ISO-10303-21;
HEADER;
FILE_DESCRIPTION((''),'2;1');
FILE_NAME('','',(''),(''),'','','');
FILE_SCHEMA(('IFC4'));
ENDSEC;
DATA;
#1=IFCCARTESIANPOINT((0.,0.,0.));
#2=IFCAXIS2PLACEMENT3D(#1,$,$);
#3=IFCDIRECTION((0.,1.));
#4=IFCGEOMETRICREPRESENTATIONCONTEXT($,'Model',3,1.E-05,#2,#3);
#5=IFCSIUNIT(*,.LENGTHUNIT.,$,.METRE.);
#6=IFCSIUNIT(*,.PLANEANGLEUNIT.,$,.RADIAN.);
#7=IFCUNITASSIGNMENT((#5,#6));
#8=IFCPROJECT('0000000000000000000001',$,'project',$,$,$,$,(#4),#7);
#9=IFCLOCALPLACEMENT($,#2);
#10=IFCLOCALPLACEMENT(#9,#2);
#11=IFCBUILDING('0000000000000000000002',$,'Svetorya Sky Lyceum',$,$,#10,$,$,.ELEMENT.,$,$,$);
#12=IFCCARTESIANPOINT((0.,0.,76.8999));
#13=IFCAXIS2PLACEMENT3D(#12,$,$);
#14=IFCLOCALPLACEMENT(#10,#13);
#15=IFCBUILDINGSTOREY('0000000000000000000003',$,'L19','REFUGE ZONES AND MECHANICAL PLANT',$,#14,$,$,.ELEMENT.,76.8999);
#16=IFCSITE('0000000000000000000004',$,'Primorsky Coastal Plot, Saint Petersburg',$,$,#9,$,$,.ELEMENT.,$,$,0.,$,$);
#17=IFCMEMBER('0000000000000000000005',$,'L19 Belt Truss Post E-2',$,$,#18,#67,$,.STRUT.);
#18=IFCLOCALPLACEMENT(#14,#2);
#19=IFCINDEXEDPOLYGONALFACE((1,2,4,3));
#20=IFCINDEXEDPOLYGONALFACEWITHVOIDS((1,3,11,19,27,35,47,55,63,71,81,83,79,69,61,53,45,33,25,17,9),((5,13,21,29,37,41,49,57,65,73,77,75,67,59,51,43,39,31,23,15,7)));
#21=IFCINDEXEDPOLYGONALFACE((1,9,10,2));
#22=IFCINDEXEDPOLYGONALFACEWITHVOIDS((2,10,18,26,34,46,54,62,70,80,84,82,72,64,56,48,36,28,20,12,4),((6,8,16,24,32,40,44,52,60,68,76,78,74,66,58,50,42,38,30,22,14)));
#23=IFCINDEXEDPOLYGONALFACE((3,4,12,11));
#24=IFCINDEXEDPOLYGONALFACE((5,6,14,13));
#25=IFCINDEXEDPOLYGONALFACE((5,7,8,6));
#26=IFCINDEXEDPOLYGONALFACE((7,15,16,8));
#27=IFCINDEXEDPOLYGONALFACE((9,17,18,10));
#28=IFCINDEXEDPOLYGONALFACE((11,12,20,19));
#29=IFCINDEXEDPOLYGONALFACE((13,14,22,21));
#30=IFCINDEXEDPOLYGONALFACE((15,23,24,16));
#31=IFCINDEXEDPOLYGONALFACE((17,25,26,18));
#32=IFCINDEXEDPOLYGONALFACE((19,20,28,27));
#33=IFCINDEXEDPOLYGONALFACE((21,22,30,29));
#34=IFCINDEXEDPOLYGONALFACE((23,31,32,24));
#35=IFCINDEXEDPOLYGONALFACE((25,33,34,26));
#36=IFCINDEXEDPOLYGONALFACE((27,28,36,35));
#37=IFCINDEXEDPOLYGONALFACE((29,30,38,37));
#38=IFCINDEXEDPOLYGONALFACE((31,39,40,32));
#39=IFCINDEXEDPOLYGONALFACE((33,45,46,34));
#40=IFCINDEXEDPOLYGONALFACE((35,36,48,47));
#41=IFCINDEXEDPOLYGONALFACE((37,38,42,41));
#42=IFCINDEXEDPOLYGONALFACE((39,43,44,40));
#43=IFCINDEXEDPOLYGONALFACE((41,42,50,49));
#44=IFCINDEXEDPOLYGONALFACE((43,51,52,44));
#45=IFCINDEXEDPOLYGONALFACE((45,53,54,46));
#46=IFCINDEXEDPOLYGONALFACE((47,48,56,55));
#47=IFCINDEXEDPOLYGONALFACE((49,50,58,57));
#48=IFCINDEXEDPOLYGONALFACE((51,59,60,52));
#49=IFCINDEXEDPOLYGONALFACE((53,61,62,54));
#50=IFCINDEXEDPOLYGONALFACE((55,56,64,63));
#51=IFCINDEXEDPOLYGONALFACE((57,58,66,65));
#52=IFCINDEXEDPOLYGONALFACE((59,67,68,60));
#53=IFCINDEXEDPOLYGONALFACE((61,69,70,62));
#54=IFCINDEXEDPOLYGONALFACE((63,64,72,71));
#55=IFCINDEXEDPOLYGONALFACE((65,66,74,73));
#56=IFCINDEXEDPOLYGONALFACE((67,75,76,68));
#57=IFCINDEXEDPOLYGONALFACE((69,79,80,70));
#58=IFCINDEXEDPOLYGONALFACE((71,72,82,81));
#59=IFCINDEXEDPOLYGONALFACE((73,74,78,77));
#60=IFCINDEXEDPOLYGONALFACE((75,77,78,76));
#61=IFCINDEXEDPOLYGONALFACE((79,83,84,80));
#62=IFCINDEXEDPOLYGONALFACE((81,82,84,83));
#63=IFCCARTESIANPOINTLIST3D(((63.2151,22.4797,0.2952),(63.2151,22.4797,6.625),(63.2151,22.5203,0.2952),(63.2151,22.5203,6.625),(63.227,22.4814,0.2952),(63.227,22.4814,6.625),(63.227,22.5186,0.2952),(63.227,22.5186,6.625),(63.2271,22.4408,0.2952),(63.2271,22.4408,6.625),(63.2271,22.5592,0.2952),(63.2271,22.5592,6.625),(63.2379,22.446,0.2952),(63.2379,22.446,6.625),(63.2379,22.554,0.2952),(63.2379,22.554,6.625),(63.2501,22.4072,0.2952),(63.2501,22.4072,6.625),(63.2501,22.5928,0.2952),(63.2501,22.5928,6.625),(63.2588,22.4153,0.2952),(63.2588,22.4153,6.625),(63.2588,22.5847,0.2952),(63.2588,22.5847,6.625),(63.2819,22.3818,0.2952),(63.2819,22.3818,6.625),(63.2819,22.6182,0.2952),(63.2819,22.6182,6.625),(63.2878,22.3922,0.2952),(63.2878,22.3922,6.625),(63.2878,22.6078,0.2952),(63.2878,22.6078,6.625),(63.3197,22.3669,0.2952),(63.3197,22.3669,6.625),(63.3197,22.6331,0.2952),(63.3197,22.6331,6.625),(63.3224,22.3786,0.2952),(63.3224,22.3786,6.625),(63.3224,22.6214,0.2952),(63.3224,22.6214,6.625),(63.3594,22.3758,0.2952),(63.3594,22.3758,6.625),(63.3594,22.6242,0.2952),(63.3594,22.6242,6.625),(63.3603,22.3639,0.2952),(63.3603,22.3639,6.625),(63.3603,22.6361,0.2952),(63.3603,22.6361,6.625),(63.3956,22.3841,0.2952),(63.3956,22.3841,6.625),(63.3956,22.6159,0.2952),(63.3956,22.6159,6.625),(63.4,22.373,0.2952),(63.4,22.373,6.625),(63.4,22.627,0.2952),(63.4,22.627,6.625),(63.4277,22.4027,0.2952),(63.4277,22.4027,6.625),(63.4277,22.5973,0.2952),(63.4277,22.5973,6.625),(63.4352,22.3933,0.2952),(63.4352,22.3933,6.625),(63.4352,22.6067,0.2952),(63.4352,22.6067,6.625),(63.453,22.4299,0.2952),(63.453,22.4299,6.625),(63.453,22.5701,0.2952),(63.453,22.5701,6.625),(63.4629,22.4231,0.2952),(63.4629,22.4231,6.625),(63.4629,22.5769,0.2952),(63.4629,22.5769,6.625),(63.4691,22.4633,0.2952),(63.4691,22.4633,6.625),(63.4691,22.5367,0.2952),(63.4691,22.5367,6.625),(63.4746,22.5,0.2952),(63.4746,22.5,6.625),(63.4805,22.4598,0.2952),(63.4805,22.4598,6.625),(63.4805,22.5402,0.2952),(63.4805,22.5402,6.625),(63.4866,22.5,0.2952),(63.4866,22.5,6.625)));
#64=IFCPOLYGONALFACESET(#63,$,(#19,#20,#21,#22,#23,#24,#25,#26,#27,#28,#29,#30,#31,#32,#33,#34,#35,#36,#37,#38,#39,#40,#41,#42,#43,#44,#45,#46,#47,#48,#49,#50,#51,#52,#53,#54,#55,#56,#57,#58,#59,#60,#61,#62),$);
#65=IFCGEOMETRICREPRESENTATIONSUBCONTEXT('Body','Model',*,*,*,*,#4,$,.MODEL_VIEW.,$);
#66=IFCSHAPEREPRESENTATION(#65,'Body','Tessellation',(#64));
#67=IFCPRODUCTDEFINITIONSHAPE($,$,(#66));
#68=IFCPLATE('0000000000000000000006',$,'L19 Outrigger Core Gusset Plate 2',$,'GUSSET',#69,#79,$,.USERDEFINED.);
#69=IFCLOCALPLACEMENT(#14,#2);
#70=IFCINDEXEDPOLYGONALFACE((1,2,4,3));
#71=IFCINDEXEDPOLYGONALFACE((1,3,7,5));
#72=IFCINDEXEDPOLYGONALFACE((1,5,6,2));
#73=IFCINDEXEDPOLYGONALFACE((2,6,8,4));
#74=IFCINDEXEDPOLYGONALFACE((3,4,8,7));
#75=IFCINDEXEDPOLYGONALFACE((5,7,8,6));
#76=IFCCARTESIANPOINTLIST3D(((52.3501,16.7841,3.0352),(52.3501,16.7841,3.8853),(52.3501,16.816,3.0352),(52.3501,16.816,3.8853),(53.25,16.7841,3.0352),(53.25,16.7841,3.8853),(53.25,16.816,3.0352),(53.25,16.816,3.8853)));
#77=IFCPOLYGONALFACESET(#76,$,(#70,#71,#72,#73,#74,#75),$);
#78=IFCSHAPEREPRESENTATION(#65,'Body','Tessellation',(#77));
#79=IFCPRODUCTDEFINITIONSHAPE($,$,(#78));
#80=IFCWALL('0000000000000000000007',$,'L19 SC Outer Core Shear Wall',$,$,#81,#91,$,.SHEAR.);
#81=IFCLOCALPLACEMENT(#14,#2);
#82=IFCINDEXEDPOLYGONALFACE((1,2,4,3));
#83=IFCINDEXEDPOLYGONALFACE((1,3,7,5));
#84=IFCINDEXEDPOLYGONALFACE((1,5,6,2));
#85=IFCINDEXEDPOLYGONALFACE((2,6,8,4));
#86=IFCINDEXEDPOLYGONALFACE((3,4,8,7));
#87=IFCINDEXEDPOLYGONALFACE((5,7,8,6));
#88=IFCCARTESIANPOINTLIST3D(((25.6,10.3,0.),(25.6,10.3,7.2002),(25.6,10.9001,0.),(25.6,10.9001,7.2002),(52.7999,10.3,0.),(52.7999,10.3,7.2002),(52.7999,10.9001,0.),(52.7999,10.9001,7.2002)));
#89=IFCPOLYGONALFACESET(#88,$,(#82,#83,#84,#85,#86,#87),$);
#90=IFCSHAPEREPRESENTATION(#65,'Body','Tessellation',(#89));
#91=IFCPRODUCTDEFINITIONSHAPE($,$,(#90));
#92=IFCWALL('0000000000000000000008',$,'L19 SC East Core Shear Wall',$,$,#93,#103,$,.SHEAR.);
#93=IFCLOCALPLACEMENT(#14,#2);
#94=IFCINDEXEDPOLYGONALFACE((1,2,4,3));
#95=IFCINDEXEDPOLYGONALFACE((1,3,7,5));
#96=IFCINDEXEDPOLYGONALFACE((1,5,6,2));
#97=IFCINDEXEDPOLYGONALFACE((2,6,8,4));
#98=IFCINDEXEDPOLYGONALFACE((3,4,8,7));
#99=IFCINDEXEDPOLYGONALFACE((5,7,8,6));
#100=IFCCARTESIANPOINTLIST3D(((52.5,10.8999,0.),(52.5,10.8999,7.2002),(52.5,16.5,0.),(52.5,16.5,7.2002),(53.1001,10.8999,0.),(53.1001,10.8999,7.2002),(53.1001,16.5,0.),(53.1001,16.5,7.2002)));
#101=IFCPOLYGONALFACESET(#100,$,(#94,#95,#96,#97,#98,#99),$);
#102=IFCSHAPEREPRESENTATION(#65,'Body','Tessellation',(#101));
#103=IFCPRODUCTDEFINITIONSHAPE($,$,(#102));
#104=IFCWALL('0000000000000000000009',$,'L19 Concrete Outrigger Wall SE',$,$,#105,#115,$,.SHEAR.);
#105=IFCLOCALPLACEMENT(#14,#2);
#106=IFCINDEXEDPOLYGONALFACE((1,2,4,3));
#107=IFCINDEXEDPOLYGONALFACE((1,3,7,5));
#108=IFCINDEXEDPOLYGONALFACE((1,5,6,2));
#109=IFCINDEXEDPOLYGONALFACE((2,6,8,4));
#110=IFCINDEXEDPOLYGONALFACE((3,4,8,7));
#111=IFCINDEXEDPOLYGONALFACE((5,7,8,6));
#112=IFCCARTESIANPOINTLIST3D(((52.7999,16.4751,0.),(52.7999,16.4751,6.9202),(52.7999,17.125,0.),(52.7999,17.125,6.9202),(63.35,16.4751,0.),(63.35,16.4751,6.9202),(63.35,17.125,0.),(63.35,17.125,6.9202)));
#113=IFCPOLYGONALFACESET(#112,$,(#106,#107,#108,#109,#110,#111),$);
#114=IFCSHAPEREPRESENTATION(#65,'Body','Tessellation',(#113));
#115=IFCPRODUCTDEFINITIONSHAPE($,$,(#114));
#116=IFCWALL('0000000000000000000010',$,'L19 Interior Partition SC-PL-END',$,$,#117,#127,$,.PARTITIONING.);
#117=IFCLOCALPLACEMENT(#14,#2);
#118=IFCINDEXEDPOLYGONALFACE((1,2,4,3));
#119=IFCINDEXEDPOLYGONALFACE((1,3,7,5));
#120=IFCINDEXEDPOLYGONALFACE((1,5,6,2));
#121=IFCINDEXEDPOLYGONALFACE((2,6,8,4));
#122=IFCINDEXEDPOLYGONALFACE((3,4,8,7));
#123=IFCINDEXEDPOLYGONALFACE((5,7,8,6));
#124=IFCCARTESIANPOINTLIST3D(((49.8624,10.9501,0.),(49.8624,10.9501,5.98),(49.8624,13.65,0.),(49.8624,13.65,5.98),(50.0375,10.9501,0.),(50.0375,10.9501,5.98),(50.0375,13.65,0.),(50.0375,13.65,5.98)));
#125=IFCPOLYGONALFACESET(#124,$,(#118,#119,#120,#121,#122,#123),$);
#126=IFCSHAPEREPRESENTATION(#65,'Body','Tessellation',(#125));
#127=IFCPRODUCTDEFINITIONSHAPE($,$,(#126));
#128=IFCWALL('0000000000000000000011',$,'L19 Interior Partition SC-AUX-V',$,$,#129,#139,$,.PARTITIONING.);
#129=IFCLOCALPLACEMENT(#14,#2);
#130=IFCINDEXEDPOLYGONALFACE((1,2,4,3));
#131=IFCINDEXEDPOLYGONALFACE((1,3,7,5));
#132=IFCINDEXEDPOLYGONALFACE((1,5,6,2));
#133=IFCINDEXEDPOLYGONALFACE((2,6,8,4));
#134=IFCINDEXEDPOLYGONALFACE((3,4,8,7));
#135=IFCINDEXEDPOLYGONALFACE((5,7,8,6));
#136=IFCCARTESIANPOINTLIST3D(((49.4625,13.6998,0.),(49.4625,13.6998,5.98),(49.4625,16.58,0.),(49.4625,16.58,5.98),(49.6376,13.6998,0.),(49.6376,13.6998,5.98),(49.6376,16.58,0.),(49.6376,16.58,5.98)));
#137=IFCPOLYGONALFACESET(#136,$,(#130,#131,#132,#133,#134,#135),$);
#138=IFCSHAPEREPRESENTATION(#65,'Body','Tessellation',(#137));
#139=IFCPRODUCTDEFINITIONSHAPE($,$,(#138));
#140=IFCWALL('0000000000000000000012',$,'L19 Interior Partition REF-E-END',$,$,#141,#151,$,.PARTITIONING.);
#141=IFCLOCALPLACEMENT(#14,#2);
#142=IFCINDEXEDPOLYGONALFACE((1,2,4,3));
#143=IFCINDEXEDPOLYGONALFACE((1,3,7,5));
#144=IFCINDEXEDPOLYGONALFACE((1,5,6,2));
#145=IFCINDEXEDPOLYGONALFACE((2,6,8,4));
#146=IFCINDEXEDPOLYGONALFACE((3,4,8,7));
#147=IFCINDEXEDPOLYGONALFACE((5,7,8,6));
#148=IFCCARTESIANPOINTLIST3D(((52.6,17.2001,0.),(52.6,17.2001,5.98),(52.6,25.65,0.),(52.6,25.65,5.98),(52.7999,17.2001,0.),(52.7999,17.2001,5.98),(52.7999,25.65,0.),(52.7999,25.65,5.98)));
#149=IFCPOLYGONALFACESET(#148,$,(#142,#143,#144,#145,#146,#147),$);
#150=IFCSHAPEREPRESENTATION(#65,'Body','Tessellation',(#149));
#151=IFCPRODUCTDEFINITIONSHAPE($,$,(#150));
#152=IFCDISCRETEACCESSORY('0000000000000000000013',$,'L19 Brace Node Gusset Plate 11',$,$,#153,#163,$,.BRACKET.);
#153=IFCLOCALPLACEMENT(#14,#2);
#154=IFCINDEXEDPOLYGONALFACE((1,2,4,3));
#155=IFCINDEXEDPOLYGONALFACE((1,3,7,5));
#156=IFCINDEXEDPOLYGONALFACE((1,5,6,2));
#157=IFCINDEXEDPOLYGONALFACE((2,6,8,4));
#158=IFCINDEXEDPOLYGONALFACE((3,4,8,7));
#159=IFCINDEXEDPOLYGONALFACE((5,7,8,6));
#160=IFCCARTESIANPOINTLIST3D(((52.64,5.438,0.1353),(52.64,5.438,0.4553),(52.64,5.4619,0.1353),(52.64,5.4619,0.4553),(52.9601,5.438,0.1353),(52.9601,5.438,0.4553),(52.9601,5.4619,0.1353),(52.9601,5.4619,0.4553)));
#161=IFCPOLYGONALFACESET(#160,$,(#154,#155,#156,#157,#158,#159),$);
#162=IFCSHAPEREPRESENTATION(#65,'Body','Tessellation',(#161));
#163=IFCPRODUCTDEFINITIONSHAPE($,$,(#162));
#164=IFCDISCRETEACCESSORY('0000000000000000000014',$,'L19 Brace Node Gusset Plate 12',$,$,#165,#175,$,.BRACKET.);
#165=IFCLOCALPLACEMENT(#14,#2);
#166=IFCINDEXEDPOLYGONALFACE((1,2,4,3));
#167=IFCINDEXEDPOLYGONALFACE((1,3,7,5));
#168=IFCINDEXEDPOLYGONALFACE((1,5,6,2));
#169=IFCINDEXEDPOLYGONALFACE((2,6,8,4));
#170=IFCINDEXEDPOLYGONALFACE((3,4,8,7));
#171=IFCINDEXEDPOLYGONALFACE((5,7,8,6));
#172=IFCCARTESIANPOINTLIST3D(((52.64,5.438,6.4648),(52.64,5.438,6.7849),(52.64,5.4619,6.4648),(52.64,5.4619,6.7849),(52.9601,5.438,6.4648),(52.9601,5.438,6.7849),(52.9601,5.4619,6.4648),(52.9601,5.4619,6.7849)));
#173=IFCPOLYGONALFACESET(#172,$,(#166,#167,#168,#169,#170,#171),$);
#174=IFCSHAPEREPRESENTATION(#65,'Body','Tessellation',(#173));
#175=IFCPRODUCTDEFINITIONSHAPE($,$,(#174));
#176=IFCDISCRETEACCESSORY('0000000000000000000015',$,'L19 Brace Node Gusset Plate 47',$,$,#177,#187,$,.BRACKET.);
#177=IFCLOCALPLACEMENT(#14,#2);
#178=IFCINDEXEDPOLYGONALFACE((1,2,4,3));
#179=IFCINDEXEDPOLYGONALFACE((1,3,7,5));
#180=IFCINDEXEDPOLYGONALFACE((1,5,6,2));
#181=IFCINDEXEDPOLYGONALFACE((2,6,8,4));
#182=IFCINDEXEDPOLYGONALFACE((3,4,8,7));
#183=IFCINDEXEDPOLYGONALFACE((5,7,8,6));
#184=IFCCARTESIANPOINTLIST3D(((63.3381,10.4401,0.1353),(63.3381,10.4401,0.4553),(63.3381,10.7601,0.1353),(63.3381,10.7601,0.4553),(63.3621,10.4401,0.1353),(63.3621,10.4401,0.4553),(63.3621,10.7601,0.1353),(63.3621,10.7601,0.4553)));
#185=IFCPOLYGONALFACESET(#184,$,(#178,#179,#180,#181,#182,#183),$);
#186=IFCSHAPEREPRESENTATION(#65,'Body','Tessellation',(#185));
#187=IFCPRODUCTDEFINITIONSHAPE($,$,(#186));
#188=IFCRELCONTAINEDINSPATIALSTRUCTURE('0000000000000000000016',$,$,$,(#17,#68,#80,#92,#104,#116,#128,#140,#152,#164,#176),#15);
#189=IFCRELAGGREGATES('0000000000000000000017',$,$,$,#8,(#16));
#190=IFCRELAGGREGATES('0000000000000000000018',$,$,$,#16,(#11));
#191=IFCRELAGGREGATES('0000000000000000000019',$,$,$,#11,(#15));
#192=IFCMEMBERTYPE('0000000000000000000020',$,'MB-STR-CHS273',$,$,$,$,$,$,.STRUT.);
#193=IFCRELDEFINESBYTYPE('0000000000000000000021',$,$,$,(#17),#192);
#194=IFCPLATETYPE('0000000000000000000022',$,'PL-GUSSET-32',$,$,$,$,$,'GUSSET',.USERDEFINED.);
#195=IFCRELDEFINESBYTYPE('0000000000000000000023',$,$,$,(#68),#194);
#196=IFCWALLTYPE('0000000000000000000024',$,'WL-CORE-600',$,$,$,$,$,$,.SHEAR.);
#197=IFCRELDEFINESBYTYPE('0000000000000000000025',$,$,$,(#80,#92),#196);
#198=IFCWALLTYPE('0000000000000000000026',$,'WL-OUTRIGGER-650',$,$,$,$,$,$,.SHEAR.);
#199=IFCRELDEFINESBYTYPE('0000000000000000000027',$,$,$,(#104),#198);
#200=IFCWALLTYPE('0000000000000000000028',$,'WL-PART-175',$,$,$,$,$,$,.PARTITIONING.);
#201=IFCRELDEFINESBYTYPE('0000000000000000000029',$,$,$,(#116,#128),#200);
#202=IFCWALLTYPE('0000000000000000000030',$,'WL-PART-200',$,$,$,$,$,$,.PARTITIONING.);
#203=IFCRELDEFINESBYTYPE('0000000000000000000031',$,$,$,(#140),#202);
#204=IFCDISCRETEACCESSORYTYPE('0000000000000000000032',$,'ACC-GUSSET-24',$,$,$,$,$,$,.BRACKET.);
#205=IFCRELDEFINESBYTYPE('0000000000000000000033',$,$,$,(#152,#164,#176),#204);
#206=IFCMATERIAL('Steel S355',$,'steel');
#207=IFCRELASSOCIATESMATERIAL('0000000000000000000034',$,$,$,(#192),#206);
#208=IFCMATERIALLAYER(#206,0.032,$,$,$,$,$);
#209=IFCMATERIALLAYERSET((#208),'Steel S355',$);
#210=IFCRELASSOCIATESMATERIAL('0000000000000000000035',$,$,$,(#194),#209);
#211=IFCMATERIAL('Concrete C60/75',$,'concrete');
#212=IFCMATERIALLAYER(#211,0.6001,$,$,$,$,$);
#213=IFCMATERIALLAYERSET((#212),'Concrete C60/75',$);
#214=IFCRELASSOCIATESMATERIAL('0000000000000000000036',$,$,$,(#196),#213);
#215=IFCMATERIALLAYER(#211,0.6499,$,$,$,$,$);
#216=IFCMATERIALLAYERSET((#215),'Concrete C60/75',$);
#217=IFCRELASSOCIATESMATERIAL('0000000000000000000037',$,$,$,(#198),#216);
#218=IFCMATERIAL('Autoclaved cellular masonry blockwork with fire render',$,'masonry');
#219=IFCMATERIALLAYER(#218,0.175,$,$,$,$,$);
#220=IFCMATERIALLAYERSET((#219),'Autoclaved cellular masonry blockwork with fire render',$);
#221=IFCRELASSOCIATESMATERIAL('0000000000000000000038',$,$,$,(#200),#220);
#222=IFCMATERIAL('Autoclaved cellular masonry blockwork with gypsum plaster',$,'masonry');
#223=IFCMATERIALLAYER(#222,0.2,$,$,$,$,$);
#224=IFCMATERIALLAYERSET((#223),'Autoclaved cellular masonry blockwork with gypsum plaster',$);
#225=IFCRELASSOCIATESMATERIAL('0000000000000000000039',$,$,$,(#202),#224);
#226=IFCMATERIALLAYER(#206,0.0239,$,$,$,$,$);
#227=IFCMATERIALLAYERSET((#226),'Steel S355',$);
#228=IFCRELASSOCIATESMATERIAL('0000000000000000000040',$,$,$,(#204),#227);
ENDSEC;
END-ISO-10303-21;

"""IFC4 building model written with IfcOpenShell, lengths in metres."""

from ifc_helpers import new_model, si_unit, direction, frame, frame_2d, origin, origin_2d, place, context, subcontext, project, spatial, rectangle, hollow_circle, extrude, material, layer, layer_set, material_profile, profile_set, type_object, element, save


model = new_model("IFC4")

# Units and contexts
model_context = context("Model", 3, precision=1e-05, world=origin(), true_north=direction((0.0, 1.0)))
body_context = subcontext(model_context, "Body", "Model", "MODEL_VIEW")
ifc_project = project(units=[si_unit("LENGTHUNIT", "METRE"), si_unit("PLANEANGLEUNIT", "RADIAN")], contexts=[model_context])

# Site, building, storey
site_placement = place(None, origin())
site = spatial("IfcSite", under=ifc_project, at=site_placement, Name="Primorsky Coastal Plot, Saint Petersburg", CompositionType="ELEMENT", RefElevation=0.0)
building_placement = place(site_placement, origin())
building = spatial("IfcBuilding", under=site, at=building_placement, Name="Svetorya Sky Lyceum", CompositionType="ELEMENT")
storey_placement = place(building_placement, frame((0.0, 0.0, 76.8999)))
storey = spatial("IfcBuildingStorey", under=building, at=storey_placement, Name="L19", Description="REFUGE ZONES AND MECHANICAL PLANT", CompositionType="ELEMENT", Elevation=76.8999)

# Shared definitions
ifc_material_1 = material(Name="Concrete C60/75", Category="concrete")

# Shared definitions
ifc_material_2 = material(Name="Steel S355", Category="steel")

# Member
ifc_material_profile_1 = material_profile(ifc_material_2, hollow_circle(Radius=0.1365, WallThickness=0.012, at=origin_2d()), Name="CHS 273x12")
ifc_profile_set_1 = profile_set([ifc_material_profile_1], Name="Steel S355")
member_type_1 = type_object("IfcMemberType", Name="MB-STR-CHS273", PredefinedType="STRUT", material=ifc_profile_set_1)
for number, where, z_axis, x_axis, name in (
    (1, (63.3501, 22.5, 0.2952), (0.0, 0.0, 1.0), (1.0, 0.0, 0.0), "L19 Belt Truss Post E-2"),
):
    element("IfcMember", number, at=place(storey_placement, frame(where, z_axis=z_axis, x_axis=x_axis)), inside=storey, type_object=member_type_1, Name=name, PredefinedType="STRUT", context=body_context, shape_type="SweptSolid", body=[
        extrude(hollow_circle(Radius=0.1365, WallThickness=0.012, at=origin_2d()), origin(), (0.0, 0.0, 1.0), 6.3298),
    ])

# Plate
ifc_layer_1 = layer(ifc_material_2, 0.032)
ifc_layer_set_1 = layer_set([ifc_layer_1], Name="Steel S355")
plate_type = type_object("IfcPlateType", Name="PL-GUSSET-32", ElementType="GUSSET", PredefinedType="USERDEFINED", material=ifc_layer_set_1)
plate_placement = place(storey_placement, frame((52.8, 16.8, 3.0352), z_axis=(0.0, 0.0, 1.0), x_axis=(1.0, 0.0, 0.0)))
element("IfcPlate", 2, at=plate_placement, inside=storey, type_object=plate_type, Name="L19 Outrigger Core Gusset Plate 2", ObjectType="GUSSET", PredefinedType="USERDEFINED", context=body_context, shape_type="SweptSolid", body=[
    extrude(rectangle(XDim=0.8999, YDim=0.032, at=origin_2d()), origin(), (0.0, 0.0, 1.0), 0.8501),
])

# Walls
ifc_layer_2 = layer(ifc_material_1, 0.6001)
ifc_layer_set_2 = layer_set([ifc_layer_2], Name="Concrete C60/75")
wall_type_1 = type_object("IfcWallType", Name="WL-CORE-600", PredefinedType="SHEAR", material=ifc_layer_set_2)
wall_1_placement = place(storey_placement, frame((52.8, 10.6001, 0.0), z_axis=(0.0, 0.0, 1.0), x_axis=(-1.0, 0.0, 0.0)))
element("IfcWall", 3, at=wall_1_placement, inside=storey, type_object=wall_type_1, Name="L19 SC Outer Core Shear Wall", PredefinedType="SHEAR", context=body_context, shape_type="SweptSolid", body=[
    extrude(rectangle(XDim=27.2, YDim=0.6001, at=frame_2d((13.6001, 0.0))), origin(), (0.0, 0.0, 1.0), 7.2002),
])
wall_2_placement = place(storey_placement, frame((52.8, 10.8999, 0.0), z_axis=(0.0, 0.0, 1.0), x_axis=(0.0, 1.0, 0.0)))
element("IfcWall", 4, at=wall_2_placement, inside=storey, type_object=wall_type_1, Name="L19 SC East Core Shear Wall", PredefinedType="SHEAR", context=body_context, shape_type="SweptSolid", body=[
    extrude(rectangle(XDim=5.6001, YDim=0.6001, at=frame_2d((2.8, 0.0))), origin(), (0.0, 0.0, 1.0), 7.2002),
])
ifc_layer_3 = layer(ifc_material_1, 0.6499)
ifc_layer_set_3 = layer_set([ifc_layer_3], Name="Concrete C60/75")
wall_type_2 = type_object("IfcWallType", Name="WL-OUTRIGGER-650", PredefinedType="SHEAR", material=ifc_layer_set_3)
wall_3_placement = place(storey_placement, frame((52.8, 16.8, 0.0), z_axis=(0.0, 0.0, 1.0), x_axis=(1.0, 0.0, 0.0)))
element("IfcWall", 5, at=wall_3_placement, inside=storey, type_object=wall_type_2, Name="L19 Concrete Outrigger Wall SE", PredefinedType="SHEAR", context=body_context, shape_type="SweptSolid", body=[
    extrude(rectangle(XDim=10.55, YDim=0.6499, at=frame_2d((5.2749, 0.0))), origin(), (0.0, 0.0, 1.0), 6.9202),
])
ifc_material_3 = material(Name="Autoclaved cellular masonry blockwork with fire render", Category="masonry")
ifc_layer_4 = layer(ifc_material_3, 0.175)
ifc_layer_set_4 = layer_set([ifc_layer_4], Name="Autoclaved cellular masonry blockwork with fire render")
wall_type_3 = type_object("IfcWallType", Name="WL-PART-175", PredefinedType="PARTITIONING", material=ifc_layer_set_4)
wall_4_placement = place(storey_placement, frame((49.95, 10.95, 0.0), z_axis=(0.0, 0.0, 1.0), x_axis=(0.0, 1.0, 0.0)))
element("IfcWall", 6, at=wall_4_placement, inside=storey, type_object=wall_type_3, Name="L19 Interior Partition SC-PL-END", PredefinedType="PARTITIONING", context=body_context, shape_type="SweptSolid", body=[
    extrude(rectangle(XDim=2.7, YDim=0.175, at=frame_2d((1.3501, 0.0))), origin(), (0.0, 0.0, 1.0), 5.98),
])
wall_5_placement = place(storey_placement, frame((49.55, 13.7, 0.0), z_axis=(0.0, 0.0, 1.0), x_axis=(0.0, 1.0, 0.0)))
element("IfcWall", 7, at=wall_5_placement, inside=storey, type_object=wall_type_3, Name="L19 Interior Partition SC-AUX-V", PredefinedType="PARTITIONING", context=body_context, shape_type="SweptSolid", body=[
    extrude(rectangle(XDim=2.8801, YDim=0.175, at=frame_2d((1.4399, 0.0))), origin(), (0.0, 0.0, 1.0), 5.98),
])
ifc_material_4 = material(Name="Autoclaved cellular masonry blockwork with gypsum plaster", Category="masonry")
ifc_layer_5 = layer(ifc_material_4, 0.2)
ifc_layer_set_5 = layer_set([ifc_layer_5], Name="Autoclaved cellular masonry blockwork with gypsum plaster")
wall_type_4 = type_object("IfcWallType", Name="WL-PART-200", PredefinedType="PARTITIONING", material=ifc_layer_set_5)
wall_6_placement = place(storey_placement, frame((52.7, 17.2, 0.0), z_axis=(0.0, 0.0, 1.0), x_axis=(0.0, 1.0, 0.0)))
element("IfcWall", 8, at=wall_6_placement, inside=storey, type_object=wall_type_4, Name="L19 Interior Partition REF-E-END", PredefinedType="PARTITIONING", context=body_context, shape_type="SweptSolid", body=[
    extrude(rectangle(XDim=8.45, YDim=0.2, at=frame_2d((4.2251, 0.0))), origin(), (0.0, 0.0, 1.0), 5.98),
])

# Discrete accessories
ifc_layer_6 = layer(ifc_material_2, 0.0239)
ifc_layer_set_6 = layer_set([ifc_layer_6], Name="Steel S355")
discrete_accessory_type = type_object("IfcDiscreteAccessoryType", Name="ACC-GUSSET-24", PredefinedType="BRACKET", material=ifc_layer_set_6)
for number, where, z_axis, x_axis, name in (
    (9, (52.8, 5.45, 0.1353), (0.0, 0.0, 1.0), (1.0, 0.0, 0.0), "L19 Brace Node Gusset Plate 11"),
    (10, (52.8, 5.45, 6.4648), (0.0, 0.0, 1.0), (1.0, 0.0, 0.0), "L19 Brace Node Gusset Plate 12"),
):
    element("IfcDiscreteAccessory", number, at=place(storey_placement, frame(where, z_axis=z_axis, x_axis=x_axis)), inside=storey, type_object=discrete_accessory_type, Name=name, PredefinedType="BRACKET", context=body_context, shape_type="SweptSolid", body=[
        extrude(rectangle(XDim=0.3201, YDim=0.0239, at=origin_2d()), origin(), (0.0, 0.0, 1.0), 0.3201),
    ])
for number, where, z_axis, x_axis, name in (
    (11, (63.3501, 10.6001, 0.1353), (0.0, 0.0, 1.0), (1.0, 0.0, 0.0), "L19 Brace Node Gusset Plate 47"),
):
    element("IfcDiscreteAccessory", number, at=place(storey_placement, frame(where, z_axis=z_axis, x_axis=x_axis)), inside=storey, type_object=discrete_accessory_type, Name=name, PredefinedType="BRACKET", context=body_context, shape_type="SweptSolid", body=[
        extrude(rectangle(XDim=0.0239, YDim=0.3201, at=origin_2d()), origin(), (0.0, 0.0, 1.0), 0.3201),
    ])

save(model, "model.ifc")
